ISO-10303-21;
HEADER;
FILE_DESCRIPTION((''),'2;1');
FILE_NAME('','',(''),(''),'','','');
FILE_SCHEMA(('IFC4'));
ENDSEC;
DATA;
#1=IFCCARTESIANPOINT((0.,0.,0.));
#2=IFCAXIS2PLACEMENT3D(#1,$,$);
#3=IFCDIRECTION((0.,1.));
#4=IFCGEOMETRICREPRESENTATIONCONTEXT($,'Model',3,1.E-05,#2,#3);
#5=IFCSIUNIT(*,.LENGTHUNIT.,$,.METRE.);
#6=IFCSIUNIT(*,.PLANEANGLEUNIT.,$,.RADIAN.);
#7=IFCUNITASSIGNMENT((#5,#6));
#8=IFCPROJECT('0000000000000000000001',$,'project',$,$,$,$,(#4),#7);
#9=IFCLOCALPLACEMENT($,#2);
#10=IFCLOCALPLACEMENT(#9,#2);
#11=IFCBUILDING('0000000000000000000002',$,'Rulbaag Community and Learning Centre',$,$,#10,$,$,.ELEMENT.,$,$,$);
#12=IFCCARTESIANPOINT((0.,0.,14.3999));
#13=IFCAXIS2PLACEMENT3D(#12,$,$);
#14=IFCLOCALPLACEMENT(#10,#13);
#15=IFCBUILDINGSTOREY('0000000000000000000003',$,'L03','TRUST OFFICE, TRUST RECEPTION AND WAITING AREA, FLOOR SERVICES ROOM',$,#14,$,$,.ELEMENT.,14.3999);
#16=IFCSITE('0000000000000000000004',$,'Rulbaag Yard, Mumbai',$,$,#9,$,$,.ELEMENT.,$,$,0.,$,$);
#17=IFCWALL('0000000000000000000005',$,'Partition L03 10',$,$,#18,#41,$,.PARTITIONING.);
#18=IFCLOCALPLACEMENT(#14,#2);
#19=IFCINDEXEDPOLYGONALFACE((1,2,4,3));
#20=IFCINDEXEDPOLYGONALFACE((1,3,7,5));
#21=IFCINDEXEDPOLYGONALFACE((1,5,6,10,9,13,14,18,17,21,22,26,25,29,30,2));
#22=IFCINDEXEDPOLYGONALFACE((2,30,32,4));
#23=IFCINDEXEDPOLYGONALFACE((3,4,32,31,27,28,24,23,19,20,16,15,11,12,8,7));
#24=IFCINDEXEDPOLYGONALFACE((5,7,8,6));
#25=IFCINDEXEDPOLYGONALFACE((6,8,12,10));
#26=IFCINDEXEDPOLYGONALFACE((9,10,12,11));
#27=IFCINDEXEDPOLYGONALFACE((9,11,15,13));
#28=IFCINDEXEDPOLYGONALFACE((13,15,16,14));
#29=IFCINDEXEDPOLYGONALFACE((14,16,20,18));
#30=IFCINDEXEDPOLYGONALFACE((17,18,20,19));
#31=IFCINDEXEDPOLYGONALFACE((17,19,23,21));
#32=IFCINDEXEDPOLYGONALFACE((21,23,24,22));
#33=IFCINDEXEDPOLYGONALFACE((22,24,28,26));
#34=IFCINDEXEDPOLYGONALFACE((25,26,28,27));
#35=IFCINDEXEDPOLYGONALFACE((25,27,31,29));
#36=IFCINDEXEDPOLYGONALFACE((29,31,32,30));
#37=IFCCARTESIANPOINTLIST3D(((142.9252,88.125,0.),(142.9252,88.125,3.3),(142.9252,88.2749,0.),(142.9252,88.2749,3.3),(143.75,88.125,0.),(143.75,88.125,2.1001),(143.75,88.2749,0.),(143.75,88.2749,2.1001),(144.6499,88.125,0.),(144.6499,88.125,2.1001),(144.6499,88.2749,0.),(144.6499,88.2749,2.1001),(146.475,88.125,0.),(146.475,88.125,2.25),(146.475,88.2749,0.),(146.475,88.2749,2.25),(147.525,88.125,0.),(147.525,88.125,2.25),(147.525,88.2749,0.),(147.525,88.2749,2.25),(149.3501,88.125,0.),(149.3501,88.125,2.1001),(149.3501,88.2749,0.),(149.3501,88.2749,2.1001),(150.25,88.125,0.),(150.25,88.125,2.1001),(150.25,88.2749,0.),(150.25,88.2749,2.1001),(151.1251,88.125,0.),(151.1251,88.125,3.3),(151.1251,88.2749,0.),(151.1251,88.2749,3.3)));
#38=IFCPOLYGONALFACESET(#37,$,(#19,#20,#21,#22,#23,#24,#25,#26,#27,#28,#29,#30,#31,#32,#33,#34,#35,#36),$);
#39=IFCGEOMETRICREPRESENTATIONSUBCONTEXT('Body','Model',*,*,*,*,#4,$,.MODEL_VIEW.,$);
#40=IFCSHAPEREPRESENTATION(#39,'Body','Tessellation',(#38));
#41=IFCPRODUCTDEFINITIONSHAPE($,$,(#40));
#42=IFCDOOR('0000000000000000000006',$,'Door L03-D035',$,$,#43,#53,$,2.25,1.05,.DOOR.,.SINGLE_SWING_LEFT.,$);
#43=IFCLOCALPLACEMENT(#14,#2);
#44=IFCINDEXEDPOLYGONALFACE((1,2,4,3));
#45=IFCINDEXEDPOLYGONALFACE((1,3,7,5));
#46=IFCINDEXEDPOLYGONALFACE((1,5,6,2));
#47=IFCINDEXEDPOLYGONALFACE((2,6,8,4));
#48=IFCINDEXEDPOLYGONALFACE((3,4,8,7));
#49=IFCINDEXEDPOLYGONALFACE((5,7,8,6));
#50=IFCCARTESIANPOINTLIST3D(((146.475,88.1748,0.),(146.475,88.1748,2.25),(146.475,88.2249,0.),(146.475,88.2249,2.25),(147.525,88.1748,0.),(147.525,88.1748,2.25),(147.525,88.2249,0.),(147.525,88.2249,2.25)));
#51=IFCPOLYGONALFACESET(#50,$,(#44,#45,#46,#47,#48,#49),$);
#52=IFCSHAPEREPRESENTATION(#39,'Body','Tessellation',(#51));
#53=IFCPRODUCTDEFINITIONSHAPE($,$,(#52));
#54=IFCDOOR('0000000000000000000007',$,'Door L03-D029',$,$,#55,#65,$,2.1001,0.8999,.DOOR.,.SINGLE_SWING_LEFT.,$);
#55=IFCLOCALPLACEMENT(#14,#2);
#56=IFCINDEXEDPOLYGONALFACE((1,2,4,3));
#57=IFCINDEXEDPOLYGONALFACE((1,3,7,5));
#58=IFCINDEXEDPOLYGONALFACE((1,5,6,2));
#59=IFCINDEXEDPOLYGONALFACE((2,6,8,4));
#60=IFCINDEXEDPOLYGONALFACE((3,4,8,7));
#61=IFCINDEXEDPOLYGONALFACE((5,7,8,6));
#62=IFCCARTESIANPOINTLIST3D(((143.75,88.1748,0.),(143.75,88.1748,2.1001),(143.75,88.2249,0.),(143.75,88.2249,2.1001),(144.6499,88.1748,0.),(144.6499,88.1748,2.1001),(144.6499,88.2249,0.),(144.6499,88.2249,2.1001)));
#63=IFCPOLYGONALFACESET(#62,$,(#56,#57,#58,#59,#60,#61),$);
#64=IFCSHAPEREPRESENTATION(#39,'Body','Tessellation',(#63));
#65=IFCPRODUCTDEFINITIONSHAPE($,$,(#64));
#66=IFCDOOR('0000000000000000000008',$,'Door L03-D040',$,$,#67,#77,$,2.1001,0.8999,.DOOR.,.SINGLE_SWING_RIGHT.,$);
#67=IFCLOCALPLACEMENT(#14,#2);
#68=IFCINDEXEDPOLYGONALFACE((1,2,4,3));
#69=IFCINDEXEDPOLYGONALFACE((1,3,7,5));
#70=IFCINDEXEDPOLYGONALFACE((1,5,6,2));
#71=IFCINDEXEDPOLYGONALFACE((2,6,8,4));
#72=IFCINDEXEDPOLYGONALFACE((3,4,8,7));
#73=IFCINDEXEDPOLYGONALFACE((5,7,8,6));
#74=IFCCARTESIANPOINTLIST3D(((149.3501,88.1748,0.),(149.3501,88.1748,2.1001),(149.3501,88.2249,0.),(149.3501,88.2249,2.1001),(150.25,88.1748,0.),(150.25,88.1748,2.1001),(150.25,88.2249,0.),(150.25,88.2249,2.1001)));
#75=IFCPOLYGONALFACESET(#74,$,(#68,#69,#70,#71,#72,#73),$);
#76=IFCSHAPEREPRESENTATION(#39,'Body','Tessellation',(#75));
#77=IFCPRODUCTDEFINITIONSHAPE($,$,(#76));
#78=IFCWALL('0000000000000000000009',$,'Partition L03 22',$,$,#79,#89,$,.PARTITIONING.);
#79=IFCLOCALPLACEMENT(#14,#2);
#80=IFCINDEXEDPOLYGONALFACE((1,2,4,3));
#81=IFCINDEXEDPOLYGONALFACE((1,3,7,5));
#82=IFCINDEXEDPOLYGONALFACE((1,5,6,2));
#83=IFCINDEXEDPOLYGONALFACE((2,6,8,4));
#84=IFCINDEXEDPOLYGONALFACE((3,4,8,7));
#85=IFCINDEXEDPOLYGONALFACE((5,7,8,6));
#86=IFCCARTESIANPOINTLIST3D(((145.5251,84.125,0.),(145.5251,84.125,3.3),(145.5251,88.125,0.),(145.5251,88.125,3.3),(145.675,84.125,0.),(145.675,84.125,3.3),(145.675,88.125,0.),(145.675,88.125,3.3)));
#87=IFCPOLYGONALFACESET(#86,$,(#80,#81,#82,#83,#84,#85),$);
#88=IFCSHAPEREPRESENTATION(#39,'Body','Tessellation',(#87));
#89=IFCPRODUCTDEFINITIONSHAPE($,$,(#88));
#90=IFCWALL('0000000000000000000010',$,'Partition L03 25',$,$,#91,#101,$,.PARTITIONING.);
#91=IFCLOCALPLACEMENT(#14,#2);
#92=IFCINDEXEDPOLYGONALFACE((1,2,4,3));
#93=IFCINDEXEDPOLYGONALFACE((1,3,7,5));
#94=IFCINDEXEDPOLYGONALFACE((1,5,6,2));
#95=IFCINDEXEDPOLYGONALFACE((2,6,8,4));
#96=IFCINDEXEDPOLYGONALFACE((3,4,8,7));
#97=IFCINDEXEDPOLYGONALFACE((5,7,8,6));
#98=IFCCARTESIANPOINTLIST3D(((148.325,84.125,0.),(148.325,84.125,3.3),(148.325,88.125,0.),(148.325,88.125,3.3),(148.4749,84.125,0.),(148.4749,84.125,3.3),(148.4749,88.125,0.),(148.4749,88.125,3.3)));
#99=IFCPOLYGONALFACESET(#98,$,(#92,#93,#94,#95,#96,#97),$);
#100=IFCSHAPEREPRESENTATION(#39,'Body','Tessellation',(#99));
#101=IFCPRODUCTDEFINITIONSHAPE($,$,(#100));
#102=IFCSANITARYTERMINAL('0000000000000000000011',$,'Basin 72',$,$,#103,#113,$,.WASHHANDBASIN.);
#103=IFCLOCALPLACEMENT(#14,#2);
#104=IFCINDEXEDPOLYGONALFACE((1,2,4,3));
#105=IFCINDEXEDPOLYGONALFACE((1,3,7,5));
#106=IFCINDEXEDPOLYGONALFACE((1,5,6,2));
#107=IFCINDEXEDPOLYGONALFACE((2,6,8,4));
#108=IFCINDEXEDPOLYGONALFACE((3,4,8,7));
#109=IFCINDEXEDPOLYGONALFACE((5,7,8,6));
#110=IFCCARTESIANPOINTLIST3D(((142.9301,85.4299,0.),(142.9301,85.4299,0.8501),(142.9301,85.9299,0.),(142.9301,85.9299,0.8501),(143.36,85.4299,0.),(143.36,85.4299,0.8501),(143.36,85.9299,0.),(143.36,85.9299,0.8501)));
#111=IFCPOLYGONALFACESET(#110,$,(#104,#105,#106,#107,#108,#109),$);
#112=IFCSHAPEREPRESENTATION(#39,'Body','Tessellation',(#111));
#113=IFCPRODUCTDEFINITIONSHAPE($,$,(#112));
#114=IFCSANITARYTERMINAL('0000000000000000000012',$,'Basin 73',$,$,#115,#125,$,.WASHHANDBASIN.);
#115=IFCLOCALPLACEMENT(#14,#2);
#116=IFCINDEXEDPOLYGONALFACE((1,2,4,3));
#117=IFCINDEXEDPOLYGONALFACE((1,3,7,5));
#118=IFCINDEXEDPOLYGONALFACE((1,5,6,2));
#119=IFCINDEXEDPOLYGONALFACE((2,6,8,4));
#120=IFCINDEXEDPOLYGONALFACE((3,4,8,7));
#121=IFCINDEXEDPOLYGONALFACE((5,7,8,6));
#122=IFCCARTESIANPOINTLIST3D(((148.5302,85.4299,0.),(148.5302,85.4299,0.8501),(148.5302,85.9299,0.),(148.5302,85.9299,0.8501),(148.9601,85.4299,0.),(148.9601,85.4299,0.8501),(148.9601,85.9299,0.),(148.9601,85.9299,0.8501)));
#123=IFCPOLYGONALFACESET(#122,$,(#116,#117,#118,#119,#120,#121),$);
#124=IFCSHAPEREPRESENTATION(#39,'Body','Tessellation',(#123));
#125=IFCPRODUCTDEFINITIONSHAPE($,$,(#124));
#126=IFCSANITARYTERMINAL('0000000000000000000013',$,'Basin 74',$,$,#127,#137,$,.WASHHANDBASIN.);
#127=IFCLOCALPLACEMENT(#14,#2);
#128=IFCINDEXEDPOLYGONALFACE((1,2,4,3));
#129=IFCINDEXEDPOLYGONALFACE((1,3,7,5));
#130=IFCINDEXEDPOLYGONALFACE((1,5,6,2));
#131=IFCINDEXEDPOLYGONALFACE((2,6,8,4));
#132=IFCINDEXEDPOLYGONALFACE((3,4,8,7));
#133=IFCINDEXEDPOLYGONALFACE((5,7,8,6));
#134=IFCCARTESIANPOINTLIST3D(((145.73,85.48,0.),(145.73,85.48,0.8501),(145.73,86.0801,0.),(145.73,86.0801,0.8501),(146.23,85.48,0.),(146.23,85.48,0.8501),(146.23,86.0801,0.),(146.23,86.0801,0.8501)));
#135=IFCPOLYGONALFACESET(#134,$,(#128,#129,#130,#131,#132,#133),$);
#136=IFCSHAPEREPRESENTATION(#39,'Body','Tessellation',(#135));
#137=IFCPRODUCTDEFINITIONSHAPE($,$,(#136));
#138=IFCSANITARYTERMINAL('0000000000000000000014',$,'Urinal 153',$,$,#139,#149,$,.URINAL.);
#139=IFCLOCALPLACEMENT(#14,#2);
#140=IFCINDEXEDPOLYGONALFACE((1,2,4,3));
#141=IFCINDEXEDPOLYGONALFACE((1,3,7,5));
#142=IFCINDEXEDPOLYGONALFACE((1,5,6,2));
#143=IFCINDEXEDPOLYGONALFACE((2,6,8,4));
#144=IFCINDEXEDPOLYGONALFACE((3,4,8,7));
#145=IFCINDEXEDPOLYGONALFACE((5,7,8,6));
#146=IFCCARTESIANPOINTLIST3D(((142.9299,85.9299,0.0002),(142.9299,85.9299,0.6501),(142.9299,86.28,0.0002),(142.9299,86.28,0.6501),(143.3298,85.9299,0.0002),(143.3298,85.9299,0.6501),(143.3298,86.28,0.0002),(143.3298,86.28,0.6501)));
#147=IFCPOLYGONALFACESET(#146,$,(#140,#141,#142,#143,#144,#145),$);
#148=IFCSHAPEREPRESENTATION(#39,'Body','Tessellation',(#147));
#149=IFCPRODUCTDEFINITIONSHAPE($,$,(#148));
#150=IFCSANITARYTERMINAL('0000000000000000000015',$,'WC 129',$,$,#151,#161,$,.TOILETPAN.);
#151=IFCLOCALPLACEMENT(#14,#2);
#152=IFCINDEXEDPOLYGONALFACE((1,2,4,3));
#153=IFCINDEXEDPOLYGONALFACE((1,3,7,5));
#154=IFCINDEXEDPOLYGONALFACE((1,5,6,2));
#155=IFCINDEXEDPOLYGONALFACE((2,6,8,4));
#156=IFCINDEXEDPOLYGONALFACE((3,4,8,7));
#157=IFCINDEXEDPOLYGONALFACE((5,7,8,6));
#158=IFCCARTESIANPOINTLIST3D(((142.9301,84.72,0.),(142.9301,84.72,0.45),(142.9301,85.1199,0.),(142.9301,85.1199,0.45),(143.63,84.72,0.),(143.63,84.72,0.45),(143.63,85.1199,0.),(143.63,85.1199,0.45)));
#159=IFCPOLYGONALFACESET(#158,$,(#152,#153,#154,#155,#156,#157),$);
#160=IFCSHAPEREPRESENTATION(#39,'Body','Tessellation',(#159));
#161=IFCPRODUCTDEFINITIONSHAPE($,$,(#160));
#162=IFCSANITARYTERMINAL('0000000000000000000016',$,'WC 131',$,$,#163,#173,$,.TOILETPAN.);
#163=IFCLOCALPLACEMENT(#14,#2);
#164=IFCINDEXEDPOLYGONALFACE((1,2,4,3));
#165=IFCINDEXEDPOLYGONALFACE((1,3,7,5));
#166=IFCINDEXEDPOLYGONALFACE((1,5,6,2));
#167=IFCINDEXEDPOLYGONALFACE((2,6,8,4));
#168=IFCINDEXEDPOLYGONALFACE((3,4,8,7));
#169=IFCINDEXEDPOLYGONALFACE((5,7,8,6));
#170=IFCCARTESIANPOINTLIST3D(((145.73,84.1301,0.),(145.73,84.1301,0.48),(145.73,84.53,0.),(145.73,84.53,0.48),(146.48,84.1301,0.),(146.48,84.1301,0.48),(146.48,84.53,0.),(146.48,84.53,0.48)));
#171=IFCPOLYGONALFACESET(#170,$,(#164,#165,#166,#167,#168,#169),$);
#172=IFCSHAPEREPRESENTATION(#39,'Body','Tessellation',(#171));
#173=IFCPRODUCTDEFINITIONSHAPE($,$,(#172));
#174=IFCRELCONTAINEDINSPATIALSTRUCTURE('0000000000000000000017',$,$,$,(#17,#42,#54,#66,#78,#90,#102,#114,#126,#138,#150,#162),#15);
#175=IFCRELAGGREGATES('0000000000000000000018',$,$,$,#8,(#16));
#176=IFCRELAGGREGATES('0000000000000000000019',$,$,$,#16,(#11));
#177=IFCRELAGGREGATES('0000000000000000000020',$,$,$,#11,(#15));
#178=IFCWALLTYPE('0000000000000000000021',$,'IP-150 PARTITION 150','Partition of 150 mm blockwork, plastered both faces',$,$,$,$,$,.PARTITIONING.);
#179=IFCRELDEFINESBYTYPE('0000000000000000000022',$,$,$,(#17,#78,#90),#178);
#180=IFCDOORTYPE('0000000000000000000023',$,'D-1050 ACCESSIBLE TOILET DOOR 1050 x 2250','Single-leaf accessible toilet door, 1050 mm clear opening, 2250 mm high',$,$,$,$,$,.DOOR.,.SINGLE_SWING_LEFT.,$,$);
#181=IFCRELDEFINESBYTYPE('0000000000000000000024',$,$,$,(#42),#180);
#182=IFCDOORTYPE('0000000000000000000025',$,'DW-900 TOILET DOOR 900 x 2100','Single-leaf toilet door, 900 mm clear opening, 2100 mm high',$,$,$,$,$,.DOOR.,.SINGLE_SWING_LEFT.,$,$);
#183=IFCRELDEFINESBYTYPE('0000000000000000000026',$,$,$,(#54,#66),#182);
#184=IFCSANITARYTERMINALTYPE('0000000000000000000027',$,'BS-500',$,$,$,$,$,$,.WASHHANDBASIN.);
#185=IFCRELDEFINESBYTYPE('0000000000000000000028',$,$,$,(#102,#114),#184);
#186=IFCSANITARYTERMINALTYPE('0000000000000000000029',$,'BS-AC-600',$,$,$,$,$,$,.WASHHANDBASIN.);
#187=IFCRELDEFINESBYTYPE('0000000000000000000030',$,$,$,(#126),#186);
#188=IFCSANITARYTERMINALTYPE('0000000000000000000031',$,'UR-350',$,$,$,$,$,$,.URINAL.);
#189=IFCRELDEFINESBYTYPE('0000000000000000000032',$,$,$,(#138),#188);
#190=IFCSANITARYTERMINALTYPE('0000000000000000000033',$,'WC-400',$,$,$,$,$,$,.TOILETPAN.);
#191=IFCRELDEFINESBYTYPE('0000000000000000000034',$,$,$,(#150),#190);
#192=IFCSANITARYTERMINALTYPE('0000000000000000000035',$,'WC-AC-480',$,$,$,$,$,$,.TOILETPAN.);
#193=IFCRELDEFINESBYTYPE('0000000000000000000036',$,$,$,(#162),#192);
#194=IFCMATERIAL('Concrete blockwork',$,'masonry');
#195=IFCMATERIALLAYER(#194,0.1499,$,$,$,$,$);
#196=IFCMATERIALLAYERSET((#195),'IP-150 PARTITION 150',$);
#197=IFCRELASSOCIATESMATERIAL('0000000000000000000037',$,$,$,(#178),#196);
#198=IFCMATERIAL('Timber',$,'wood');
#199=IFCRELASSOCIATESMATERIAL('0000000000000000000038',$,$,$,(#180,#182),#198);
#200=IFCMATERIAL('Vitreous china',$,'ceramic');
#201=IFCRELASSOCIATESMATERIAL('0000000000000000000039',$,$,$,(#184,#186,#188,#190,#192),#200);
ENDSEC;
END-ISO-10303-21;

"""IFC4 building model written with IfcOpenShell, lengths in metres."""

from ifc_helpers import new_model, si_unit, direction, frame, frame_2d, origin, origin_2d, place, context, subcontext, project, spatial, rectangle, extrude, material, layer, layer_set, type_object, element, fill, save


model = new_model("IFC4")

# Units and contexts
model_context = context("Model", 3, precision=1e-05, world=origin(), true_north=direction((0.0, 1.0)))
body_context = subcontext(model_context, "Body", "Model", "MODEL_VIEW")
ifc_project = project(units=[si_unit("LENGTHUNIT", "METRE"), si_unit("PLANEANGLEUNIT", "RADIAN")], contexts=[model_context])

# Site, building, storey
site_placement = place(None, origin())
site = spatial("IfcSite", under=ifc_project, at=site_placement, Name="Rulbaag Yard, Mumbai", CompositionType="ELEMENT", RefElevation=0.0)
building_placement = place(site_placement, origin())
building = spatial("IfcBuilding", under=site, at=building_placement, Name="Rulbaag Community and Learning Centre", CompositionType="ELEMENT")
storey_placement = place(building_placement, frame((0.0, 0.0, 14.3999)))
storey = spatial("IfcBuildingStorey", under=building, at=storey_placement, Name="L03", Description="TRUST OFFICE, TRUST RECEPTION AND WAITING AREA, FLOOR SERVICES ROOM", CompositionType="ELEMENT", Elevation=14.3999)

# Wall, openings, doors
ifc_material_1 = material(Name="Concrete blockwork", Category="masonry")
ifc_layer_1 = layer(ifc_material_1, 0.1499)
ifc_layer_set_1 = layer_set([ifc_layer_1], Name="IP-150 PARTITION 150")
wall_type_1 = type_object("IfcWallType", Name="IP-150 PARTITION 150", Description="Partition of 150 mm blockwork, plastered both faces", PredefinedType="PARTITIONING", material=ifc_layer_set_1)
wall_1_placement = place(storey_placement, frame((142.925, 88.2, 0.0), z_axis=(0.0, 0.0, 1.0), x_axis=(1.0, 0.0, 0.0)))
wall_1 = element("IfcWall", 1, at=wall_1_placement, inside=storey, type_object=wall_type_1, Name="Partition L03 10", PredefinedType="PARTITIONING", context=body_context, shape_type="SweptSolid", body=[
    extrude(rectangle(XDim=8.2, YDim=0.1499, at=frame_2d((4.1001, 0.0))), origin(), (0.0, 0.0, 1.0), 3.3),
])
opening_1_placement = place(wall_1_placement, frame((0.825, 0.0, 0.0)))
opening_1 = element("IfcOpeningElement", 2, at=opening_1_placement, cuts=wall_1, PredefinedType="OPENING", context=body_context, shape_type="SweptSolid", body=[
    extrude(rectangle(XDim=0.8999, YDim=2.1001, at=frame_2d((0.45, 1.05))), frame((0.0, 0.085, 0.0), z_axis=(0.0, -1.0, 0.0), x_axis=(1.0, 0.0, 0.0)), (0.0, 0.0, 1.0), 0.1699),
])
opening_2_placement = place(wall_1_placement, frame((3.55, 0.0, 0.0)))
opening_2 = element("IfcOpeningElement", 3, at=opening_2_placement, cuts=wall_1, PredefinedType="OPENING", context=body_context, shape_type="SweptSolid", body=[
    extrude(rectangle(XDim=1.05, YDim=2.25, at=frame_2d((0.5249, 1.125))), frame((0.0, 0.085, 0.0), z_axis=(0.0, -1.0, 0.0), x_axis=(1.0, 0.0, 0.0)), (0.0, 0.0, 1.0), 0.1699),
])
opening_3_placement = place(wall_1_placement, frame((6.425, 0.0, 0.0)))
opening_3 = element("IfcOpeningElement", 4, at=opening_3_placement, cuts=wall_1, PredefinedType="OPENING", context=body_context, shape_type="SweptSolid", body=[
    extrude(rectangle(XDim=0.8999, YDim=2.1001, at=frame_2d((0.45, 1.05))), frame((0.0, 0.085, 0.0), z_axis=(0.0, -1.0, 0.0), x_axis=(1.0, 0.0, 0.0)), (0.0, 0.0, 1.0), 0.1699),
])
ifc_material_2 = material(Name="Timber", Category="wood")
door_type_1 = type_object("IfcDoorType", Name="D-1050 ACCESSIBLE TOILET DOOR 1050 x 2250", Description="Single-leaf accessible toilet door, 1050 mm clear opening, 2250 mm high", OperationType="SINGLE_SWING_LEFT", PredefinedType="DOOR", material=ifc_material_2)
door_1_placement = place(opening_2_placement, origin())
door_1 = element("IfcDoor", 5, at=door_1_placement, inside=storey, type_object=door_type_1, Name="Door L03-D035", OperationType="SINGLE_SWING_LEFT", OverallHeight=2.25, OverallWidth=1.05, PredefinedType="DOOR", context=body_context, shape_type="SweptSolid", body=[
    extrude(rectangle(XDim=1.05, YDim=2.25, at=frame_2d((0.5249, 1.125))), frame((0.0, 0.0249, 0.0), z_axis=(0.0, -1.0, 0.0), x_axis=(1.0, 0.0, 0.0)), (0.0, 0.0, 1.0), 0.05),
])
fill(opening_2, door_1)
door_type_2 = type_object("IfcDoorType", Name="DW-900 TOILET DOOR 900 x 2100", Description="Single-leaf toilet door, 900 mm clear opening, 2100 mm high", OperationType="SINGLE_SWING_LEFT", PredefinedType="DOOR", material=ifc_material_2)
door_2_placement = place(opening_1_placement, origin())
door_2 = element("IfcDoor", 6, at=door_2_placement, inside=storey, type_object=door_type_2, Name="Door L03-D029", OperationType="SINGLE_SWING_LEFT", OverallHeight=2.1001, OverallWidth=0.8999, PredefinedType="DOOR", context=body_context, shape_type="SweptSolid", body=[
    extrude(rectangle(XDim=0.8999, YDim=2.1001, at=frame_2d((0.45, 1.05))), frame((0.0, 0.0249, 0.0), z_axis=(0.0, -1.0, 0.0), x_axis=(1.0, 0.0, 0.0)), (0.0, 0.0, 1.0), 0.05),
])
fill(opening_1, door_2)
door_3_placement = place(opening_3_placement, origin())
door_3 = element("IfcDoor", 7, at=door_3_placement, inside=storey, type_object=door_type_2, Name="Door L03-D040", OperationType="SINGLE_SWING_RIGHT", OverallHeight=2.1001, OverallWidth=0.8999, PredefinedType="DOOR", context=body_context, shape_type="SweptSolid", body=[
    extrude(rectangle(XDim=0.8999, YDim=2.1001, at=frame_2d((0.45, 1.05))), frame((0.0, 0.0249, 0.0), z_axis=(0.0, -1.0, 0.0), x_axis=(1.0, 0.0, 0.0)), (0.0, 0.0, 1.0), 0.05),
])
fill(opening_3, door_3)

# Walls
for number, where, z_axis, x_axis, name in (
    (8, (145.6001, 84.125, 0.0), (0.0, 0.0, 1.0), (0.0, 1.0, 0.0), "Partition L03 22"),
    (9, (148.3999, 84.125, 0.0), (0.0, 0.0, 1.0), (0.0, 1.0, 0.0), "Partition L03 25"),
):
    element("IfcWall", number, at=place(storey_placement, frame(where, z_axis=z_axis, x_axis=x_axis)), inside=storey, type_object=wall_type_1, Name=name, PredefinedType="PARTITIONING", context=body_context, shape_type="SweptSolid", body=[
        extrude(rectangle(XDim=4.0, YDim=0.1499, at=frame_2d((2.0, 0.0))), origin(), (0.0, 0.0, 1.0), 3.3),
    ])

# Sanitary terminals
ifc_material_3 = material(Name="Vitreous china", Category="ceramic")
sanitary_terminal_type_1 = type_object("IfcSanitaryTerminalType", Name="BS-500", PredefinedType="WASHHANDBASIN", material=ifc_material_3)
for number, where, z_axis, x_axis, name in (
    (10, (143.145, 85.6799, 0.0), (0.0, 0.0, 1.0), (1.0, 0.0, 0.0), "Basin 72"),
    (11, (148.7451, 85.6799, 0.0), (0.0, 0.0, 1.0), (1.0, 0.0, 0.0), "Basin 73"),
):
    element("IfcSanitaryTerminal", number, at=place(storey_placement, frame(where, z_axis=z_axis, x_axis=x_axis)), inside=storey, type_object=sanitary_terminal_type_1, Name=name, PredefinedType="WASHHANDBASIN", context=body_context, shape_type="SweptSolid", body=[
        extrude(rectangle(XDim=0.4299, YDim=0.5, at=origin_2d()), origin(), (0.0, 0.0, 1.0), 0.8501),
    ])
sanitary_terminal_type_2 = type_object("IfcSanitaryTerminalType", Name="BS-AC-600", PredefinedType="WASHHANDBASIN", material=ifc_material_3)
sanitary_terminal_1_placement = place(storey_placement, frame((145.98, 85.78, 0.0), z_axis=(0.0, 0.0, 1.0), x_axis=(1.0, 0.0, 0.0)))
element("IfcSanitaryTerminal", 12, at=sanitary_terminal_1_placement, inside=storey, type_object=sanitary_terminal_type_2, Name="Basin 74", PredefinedType="WASHHANDBASIN", context=body_context, shape_type="SweptSolid", body=[
    extrude(rectangle(XDim=0.5, YDim=0.6001, at=origin_2d()), origin(), (0.0, 0.0, 1.0), 0.8501),
])
sanitary_terminal_type_3 = type_object("IfcSanitaryTerminalType", Name="UR-350", PredefinedType="URINAL", material=ifc_material_3)
sanitary_terminal_2_placement = place(storey_placement, frame((143.1299, 86.105, 0.0002), z_axis=(0.0, 0.0, 1.0), x_axis=(1.0, 0.0, 0.0)))
element("IfcSanitaryTerminal", 13, at=sanitary_terminal_2_placement, inside=storey, type_object=sanitary_terminal_type_3, Name="Urinal 153", PredefinedType="URINAL", context=body_context, shape_type="SweptSolid", body=[
    extrude(rectangle(XDim=0.3999, YDim=0.3501, at=origin_2d()), origin(), (0.0, 0.0, 1.0), 0.6499),
])
sanitary_terminal_type_4 = type_object("IfcSanitaryTerminalType", Name="WC-400", PredefinedType="TOILETPAN", material=ifc_material_3)
sanitary_terminal_3_placement = place(storey_placement, frame((143.28, 84.9199, 0.0), z_axis=(0.0, 0.0, 1.0), x_axis=(1.0, 0.0, 0.0)))
element("IfcSanitaryTerminal", 14, at=sanitary_terminal_3_placement, inside=storey, type_object=sanitary_terminal_type_4, Name="WC 129", PredefinedType="TOILETPAN", context=body_context, shape_type="SweptSolid", body=[
    extrude(rectangle(XDim=0.7, YDim=0.3999, at=origin_2d()), origin(), (0.0, 0.0, 1.0), 0.45),
])
sanitary_terminal_type_5 = type_object("IfcSanitaryTerminalType", Name="WC-AC-480", PredefinedType="TOILETPAN", material=ifc_material_3)
sanitary_terminal_4_placement = place(storey_placement, frame((146.105, 84.3301, 0.0), z_axis=(0.0, 0.0, 1.0), x_axis=(1.0, 0.0, 0.0)))
element("IfcSanitaryTerminal", 15, at=sanitary_terminal_4_placement, inside=storey, type_object=sanitary_terminal_type_5, Name="WC 131", PredefinedType="TOILETPAN", context=body_context, shape_type="SweptSolid", body=[
    extrude(rectangle(XDim=0.75, YDim=0.3999, at=origin_2d()), origin(), (0.0, 0.0, 1.0), 0.48),
])

save(model, "model.ifc")
